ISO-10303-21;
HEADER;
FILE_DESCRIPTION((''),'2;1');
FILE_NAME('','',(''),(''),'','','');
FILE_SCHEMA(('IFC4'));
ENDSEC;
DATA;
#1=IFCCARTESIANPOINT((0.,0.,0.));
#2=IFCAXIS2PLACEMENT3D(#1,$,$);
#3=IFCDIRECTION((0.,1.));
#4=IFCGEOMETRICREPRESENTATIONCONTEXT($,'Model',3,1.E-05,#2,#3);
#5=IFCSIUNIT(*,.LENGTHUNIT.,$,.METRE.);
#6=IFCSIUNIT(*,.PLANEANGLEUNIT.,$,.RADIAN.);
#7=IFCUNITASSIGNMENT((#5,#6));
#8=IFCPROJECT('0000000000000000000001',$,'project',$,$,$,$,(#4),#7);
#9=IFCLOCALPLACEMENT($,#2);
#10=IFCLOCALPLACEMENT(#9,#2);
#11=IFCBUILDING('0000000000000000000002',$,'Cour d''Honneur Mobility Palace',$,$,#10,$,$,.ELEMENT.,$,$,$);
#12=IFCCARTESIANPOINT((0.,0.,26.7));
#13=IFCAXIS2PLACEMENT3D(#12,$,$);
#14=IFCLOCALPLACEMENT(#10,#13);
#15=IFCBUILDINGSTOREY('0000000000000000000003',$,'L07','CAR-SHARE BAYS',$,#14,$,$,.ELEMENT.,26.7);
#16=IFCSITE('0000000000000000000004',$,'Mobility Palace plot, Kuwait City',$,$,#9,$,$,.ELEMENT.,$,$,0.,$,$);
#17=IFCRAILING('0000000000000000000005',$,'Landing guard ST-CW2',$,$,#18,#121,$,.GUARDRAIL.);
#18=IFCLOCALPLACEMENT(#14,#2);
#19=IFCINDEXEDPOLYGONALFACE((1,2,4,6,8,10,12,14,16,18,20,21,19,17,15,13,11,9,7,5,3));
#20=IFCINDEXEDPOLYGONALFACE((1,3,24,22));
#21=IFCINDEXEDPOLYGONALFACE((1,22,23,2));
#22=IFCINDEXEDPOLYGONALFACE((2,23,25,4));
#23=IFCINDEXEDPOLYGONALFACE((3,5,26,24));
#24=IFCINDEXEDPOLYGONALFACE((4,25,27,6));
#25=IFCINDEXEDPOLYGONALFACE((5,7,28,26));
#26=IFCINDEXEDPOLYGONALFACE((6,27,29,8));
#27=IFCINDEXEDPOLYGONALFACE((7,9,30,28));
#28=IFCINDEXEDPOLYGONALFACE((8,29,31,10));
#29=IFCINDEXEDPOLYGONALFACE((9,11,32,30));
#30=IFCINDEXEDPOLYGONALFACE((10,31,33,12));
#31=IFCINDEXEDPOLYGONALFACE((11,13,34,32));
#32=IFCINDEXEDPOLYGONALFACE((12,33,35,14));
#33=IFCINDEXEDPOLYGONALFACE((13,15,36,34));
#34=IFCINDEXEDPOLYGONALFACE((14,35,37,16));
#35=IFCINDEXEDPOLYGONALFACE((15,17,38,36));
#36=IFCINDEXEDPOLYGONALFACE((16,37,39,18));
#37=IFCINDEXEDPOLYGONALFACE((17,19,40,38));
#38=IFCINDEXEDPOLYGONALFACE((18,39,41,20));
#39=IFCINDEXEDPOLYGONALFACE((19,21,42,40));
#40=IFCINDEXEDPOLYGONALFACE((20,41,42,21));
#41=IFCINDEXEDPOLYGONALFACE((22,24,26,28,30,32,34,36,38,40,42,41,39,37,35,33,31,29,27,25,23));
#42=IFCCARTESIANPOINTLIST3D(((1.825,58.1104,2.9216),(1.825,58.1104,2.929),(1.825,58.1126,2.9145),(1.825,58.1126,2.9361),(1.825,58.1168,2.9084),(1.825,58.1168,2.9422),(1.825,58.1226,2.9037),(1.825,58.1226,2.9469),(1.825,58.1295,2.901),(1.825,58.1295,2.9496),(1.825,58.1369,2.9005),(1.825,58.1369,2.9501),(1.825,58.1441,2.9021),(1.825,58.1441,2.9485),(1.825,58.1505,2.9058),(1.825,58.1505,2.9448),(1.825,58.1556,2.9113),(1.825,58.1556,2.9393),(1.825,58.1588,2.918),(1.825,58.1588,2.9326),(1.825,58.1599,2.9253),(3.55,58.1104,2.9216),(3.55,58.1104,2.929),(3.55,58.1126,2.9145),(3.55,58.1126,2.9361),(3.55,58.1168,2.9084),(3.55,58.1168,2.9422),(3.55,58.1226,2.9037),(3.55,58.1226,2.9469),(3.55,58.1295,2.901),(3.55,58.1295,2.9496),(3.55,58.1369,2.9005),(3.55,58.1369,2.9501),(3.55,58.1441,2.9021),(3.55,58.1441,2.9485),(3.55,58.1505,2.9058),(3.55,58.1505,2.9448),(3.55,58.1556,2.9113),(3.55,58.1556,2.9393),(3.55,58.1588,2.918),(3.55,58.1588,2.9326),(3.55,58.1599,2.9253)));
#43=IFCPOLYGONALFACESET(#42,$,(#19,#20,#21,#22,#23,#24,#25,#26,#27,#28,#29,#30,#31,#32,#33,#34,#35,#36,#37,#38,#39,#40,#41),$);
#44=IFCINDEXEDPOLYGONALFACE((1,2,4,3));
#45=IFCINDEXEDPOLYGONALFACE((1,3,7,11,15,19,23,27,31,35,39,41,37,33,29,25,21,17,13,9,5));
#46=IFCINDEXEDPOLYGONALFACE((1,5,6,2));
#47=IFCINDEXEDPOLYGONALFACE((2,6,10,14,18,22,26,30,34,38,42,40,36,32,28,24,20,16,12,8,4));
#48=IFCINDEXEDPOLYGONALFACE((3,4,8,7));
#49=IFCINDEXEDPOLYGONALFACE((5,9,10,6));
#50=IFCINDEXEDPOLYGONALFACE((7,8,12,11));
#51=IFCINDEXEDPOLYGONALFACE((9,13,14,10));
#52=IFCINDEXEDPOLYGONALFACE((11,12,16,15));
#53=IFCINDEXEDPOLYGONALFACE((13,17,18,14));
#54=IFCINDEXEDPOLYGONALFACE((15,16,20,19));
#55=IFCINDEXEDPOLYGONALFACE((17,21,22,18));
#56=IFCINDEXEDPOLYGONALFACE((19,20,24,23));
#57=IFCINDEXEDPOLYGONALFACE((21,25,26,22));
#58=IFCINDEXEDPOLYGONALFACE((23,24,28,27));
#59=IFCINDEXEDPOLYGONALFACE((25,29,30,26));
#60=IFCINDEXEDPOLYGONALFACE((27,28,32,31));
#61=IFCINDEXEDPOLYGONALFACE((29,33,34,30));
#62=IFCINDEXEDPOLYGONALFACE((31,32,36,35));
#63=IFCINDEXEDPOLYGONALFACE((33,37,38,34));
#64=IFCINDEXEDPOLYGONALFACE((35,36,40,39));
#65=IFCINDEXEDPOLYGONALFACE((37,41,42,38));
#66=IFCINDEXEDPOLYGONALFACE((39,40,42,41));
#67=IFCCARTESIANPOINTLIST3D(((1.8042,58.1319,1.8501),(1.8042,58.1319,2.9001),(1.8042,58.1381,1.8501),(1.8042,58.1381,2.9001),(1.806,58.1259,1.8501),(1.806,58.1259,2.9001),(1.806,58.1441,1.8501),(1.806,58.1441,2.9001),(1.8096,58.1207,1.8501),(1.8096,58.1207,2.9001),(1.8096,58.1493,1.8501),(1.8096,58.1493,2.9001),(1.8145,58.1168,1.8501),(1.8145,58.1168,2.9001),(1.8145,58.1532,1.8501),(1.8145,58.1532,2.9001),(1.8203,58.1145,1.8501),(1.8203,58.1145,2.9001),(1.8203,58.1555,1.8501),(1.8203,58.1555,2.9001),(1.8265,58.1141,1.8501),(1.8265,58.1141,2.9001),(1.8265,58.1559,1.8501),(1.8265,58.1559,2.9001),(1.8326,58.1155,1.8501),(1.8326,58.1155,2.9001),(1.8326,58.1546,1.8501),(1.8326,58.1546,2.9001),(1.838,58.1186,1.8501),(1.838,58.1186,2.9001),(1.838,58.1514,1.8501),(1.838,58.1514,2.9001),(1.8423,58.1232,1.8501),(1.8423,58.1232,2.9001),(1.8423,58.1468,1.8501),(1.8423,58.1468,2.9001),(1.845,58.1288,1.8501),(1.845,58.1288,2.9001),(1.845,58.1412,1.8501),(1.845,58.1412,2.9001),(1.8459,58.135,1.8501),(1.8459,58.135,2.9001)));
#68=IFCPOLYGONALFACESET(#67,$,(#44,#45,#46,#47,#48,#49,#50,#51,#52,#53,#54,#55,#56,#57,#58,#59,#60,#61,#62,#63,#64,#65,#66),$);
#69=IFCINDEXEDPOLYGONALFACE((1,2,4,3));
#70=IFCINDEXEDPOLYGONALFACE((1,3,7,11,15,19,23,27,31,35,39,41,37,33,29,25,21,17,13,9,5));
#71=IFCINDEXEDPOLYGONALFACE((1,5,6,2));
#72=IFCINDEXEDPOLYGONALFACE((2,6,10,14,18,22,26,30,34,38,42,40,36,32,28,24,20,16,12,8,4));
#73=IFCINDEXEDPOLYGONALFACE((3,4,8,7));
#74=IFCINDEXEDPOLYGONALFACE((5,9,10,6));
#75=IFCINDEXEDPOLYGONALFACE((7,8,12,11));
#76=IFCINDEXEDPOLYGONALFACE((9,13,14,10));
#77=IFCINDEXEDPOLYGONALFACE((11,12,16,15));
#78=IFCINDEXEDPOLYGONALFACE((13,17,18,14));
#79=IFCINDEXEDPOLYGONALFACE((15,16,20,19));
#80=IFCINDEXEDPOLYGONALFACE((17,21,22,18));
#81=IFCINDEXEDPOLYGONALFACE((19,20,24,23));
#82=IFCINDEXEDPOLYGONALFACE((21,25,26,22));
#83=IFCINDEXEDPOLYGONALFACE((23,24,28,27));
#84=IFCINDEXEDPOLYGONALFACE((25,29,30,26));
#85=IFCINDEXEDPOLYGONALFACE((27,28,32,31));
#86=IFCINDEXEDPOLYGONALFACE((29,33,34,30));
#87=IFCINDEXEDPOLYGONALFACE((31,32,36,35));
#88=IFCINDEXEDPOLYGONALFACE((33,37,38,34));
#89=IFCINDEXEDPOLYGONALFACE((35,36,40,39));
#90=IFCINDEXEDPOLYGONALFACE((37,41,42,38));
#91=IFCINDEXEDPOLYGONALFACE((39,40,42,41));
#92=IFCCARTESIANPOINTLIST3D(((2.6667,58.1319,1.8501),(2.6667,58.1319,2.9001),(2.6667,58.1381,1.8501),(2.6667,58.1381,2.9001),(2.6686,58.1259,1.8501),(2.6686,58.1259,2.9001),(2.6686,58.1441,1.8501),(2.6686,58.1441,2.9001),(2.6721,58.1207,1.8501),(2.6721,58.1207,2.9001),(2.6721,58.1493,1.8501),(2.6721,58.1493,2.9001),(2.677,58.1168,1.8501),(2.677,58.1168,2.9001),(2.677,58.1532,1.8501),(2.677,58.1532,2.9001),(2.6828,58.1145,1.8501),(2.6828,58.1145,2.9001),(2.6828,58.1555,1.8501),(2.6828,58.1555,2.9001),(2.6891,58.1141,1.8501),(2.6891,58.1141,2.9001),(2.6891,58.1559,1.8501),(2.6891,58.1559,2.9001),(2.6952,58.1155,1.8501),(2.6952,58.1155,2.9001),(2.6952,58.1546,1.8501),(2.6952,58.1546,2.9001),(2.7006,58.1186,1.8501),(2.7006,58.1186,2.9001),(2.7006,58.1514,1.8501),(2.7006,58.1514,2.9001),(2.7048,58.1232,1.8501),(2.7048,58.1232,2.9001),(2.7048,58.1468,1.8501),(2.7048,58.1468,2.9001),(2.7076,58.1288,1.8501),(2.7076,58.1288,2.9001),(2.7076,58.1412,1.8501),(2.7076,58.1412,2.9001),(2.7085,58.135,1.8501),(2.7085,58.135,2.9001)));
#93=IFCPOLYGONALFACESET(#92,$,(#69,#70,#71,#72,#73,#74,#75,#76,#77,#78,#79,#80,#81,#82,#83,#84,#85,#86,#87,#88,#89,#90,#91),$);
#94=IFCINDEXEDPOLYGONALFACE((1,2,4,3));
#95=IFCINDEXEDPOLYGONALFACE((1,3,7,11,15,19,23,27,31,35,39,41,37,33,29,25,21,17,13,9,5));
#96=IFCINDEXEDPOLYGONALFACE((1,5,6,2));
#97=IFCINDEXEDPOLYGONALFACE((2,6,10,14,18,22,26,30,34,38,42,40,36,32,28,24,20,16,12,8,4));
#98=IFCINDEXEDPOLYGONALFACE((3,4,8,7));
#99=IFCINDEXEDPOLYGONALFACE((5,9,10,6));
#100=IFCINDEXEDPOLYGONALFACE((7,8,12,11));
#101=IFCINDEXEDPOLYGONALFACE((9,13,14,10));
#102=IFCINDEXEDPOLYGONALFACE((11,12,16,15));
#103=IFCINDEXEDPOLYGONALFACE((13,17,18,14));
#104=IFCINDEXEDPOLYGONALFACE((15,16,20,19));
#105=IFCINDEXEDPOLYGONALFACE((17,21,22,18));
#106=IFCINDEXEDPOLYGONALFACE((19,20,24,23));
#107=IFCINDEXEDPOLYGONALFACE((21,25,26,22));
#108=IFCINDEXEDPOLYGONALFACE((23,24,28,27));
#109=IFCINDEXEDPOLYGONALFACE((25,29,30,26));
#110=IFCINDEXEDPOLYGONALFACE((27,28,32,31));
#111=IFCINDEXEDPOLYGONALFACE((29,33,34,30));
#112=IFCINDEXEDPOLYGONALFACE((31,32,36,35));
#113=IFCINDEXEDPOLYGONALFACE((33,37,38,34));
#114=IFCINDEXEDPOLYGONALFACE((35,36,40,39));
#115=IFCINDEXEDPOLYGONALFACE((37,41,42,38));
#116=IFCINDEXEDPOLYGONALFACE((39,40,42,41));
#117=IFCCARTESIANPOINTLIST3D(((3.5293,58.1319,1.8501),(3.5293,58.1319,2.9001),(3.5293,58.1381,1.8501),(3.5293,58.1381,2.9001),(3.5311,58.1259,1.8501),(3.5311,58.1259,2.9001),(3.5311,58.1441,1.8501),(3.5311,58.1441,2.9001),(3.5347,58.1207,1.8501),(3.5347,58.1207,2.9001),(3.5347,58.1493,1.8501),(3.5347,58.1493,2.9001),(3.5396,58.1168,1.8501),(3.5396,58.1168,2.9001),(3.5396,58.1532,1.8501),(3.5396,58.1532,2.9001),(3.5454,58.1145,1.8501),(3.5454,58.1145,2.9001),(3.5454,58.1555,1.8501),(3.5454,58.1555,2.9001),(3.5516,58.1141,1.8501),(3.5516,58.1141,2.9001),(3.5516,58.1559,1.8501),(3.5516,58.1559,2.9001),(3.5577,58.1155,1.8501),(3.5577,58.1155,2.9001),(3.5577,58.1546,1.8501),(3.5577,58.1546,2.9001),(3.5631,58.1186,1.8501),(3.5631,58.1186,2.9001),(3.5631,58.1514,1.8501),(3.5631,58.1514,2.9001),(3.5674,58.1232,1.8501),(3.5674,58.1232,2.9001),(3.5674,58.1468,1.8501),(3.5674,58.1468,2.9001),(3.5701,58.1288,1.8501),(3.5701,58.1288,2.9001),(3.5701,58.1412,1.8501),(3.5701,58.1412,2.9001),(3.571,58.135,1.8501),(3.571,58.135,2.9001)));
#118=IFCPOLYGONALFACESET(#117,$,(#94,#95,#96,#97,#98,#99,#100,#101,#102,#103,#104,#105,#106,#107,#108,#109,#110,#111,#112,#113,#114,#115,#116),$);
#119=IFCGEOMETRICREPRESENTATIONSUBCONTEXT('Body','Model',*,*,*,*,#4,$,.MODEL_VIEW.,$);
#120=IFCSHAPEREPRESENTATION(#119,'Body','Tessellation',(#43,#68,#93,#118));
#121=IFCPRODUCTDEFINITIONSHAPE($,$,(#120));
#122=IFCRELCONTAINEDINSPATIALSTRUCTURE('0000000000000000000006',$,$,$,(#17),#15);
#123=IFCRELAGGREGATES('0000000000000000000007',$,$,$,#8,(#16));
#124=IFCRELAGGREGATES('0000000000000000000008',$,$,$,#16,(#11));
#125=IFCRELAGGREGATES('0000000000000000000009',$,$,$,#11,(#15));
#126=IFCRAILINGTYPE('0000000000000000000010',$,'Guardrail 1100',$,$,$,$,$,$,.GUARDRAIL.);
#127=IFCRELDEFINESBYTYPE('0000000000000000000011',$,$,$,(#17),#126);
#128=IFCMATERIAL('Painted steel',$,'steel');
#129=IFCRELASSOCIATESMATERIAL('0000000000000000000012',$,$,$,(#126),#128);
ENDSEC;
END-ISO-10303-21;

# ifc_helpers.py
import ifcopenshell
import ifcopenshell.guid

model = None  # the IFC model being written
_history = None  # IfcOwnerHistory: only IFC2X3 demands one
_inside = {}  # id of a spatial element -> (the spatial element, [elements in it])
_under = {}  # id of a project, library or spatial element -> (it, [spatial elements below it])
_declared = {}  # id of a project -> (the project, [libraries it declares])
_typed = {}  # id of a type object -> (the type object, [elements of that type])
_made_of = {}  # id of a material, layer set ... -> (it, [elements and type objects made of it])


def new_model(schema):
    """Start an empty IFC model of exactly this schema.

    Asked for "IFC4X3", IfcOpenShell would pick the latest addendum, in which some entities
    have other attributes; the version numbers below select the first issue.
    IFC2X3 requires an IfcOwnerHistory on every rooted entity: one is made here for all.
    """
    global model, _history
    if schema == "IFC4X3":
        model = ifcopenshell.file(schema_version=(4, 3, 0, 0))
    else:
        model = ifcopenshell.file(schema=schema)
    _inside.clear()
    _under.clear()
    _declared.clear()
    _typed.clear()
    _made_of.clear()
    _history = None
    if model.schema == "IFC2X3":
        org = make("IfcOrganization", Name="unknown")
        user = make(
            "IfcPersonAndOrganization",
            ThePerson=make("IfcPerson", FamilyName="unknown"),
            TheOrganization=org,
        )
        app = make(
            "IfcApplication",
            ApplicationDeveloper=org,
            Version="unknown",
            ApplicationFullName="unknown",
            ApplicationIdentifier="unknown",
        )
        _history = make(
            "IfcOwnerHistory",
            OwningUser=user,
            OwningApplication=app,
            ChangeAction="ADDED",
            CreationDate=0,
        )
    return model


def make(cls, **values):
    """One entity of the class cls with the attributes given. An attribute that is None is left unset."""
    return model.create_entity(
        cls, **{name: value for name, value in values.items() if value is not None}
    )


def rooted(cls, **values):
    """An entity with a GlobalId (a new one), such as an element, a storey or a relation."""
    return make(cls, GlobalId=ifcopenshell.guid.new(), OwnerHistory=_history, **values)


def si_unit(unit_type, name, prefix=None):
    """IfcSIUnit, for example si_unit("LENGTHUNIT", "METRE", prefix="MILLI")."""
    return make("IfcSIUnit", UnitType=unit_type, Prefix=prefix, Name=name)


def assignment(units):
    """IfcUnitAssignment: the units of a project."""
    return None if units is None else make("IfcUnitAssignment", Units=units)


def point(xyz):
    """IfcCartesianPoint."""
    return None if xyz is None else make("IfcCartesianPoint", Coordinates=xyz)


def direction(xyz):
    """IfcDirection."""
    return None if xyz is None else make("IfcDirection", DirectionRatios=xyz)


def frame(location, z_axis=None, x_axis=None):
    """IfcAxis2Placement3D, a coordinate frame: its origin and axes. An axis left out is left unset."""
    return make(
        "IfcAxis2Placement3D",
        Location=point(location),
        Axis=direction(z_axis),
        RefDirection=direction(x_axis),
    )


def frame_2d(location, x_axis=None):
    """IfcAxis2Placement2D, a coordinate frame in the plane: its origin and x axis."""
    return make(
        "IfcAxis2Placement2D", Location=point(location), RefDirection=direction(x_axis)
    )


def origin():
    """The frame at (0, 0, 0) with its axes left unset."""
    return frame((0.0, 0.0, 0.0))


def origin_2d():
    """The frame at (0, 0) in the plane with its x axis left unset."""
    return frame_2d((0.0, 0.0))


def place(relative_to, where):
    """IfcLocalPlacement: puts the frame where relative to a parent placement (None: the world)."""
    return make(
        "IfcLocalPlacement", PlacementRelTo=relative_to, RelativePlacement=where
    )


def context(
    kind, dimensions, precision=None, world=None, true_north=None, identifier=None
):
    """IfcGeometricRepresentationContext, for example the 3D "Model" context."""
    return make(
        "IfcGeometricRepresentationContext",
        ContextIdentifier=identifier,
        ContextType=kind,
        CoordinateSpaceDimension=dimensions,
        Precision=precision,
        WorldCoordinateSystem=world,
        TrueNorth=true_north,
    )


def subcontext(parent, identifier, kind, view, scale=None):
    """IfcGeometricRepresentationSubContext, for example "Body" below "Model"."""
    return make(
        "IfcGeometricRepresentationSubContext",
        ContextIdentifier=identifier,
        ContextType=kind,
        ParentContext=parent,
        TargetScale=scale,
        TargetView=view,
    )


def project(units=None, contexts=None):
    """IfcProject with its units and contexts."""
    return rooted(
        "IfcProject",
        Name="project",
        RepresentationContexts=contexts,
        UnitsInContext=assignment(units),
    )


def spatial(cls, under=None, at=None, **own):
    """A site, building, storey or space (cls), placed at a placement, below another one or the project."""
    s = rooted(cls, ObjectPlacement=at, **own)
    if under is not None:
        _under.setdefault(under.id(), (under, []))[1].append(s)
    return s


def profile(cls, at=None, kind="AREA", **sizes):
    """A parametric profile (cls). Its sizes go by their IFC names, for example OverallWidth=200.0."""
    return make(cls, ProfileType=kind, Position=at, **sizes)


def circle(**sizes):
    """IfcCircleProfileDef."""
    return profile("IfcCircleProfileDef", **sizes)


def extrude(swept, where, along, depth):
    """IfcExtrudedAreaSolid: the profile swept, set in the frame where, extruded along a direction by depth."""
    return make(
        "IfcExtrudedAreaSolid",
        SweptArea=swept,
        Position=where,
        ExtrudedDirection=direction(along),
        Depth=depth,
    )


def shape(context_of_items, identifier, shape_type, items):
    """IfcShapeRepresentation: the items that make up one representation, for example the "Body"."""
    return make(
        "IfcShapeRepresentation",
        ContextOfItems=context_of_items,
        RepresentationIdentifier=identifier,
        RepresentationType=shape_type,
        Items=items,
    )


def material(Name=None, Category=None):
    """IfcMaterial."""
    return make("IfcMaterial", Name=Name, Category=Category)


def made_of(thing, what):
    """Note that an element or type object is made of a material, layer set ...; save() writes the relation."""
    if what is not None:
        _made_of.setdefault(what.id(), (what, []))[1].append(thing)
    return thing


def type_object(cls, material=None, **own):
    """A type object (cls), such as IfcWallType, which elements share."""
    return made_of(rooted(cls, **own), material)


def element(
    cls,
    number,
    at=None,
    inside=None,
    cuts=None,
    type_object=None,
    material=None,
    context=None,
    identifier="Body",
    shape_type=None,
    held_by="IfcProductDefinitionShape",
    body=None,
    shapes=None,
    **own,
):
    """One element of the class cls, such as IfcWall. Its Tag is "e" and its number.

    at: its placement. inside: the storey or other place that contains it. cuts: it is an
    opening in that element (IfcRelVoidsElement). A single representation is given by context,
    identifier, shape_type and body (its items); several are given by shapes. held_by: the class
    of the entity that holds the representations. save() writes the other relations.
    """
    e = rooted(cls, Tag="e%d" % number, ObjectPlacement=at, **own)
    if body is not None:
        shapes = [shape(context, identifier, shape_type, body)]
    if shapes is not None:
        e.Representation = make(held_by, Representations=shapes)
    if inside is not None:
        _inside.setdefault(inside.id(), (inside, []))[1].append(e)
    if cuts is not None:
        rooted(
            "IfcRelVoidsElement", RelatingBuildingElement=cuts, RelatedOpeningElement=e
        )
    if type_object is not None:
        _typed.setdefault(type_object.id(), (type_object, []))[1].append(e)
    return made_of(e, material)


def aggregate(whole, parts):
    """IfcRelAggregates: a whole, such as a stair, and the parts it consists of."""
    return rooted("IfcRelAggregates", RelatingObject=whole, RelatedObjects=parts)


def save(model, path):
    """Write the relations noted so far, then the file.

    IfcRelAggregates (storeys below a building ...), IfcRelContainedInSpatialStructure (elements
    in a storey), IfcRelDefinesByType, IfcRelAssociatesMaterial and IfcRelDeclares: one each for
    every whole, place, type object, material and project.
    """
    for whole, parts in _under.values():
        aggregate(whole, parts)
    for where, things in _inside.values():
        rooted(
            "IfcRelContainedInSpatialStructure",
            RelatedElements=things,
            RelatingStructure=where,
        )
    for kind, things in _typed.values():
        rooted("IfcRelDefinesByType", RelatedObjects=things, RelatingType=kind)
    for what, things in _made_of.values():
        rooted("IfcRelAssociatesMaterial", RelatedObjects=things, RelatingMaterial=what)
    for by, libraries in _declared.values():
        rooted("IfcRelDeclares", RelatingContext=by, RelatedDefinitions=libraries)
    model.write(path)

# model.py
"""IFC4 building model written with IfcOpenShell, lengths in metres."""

from ifc_helpers import new_model, si_unit, direction, frame, origin, origin_2d, place, context, subcontext, project, spatial, circle, extrude, material, type_object, element, save


model = new_model("IFC4")

# Units and contexts
model_context = context("Model", 3, precision=1e-05, world=origin(), true_north=direction((0.0, 1.0)))
body_context = subcontext(model_context, "Body", "Model", "MODEL_VIEW")
ifc_project = project(units=[si_unit("LENGTHUNIT", "METRE"), si_unit("PLANEANGLEUNIT", "RADIAN")], contexts=[model_context])

# Site, building, storey
site_placement = place(None, origin())
site = spatial("IfcSite", under=ifc_project, at=site_placement, Name="Mobility Palace plot, Kuwait City", CompositionType="ELEMENT", RefElevation=0.0)
building_placement = place(site_placement, origin())
building = spatial("IfcBuilding", under=site, at=building_placement, Name="Cour d'Honneur Mobility Palace", CompositionType="ELEMENT")
storey_placement = place(building_placement, frame((0.0, 0.0, 26.7)))
storey = spatial("IfcBuildingStorey", under=building, at=storey_placement, Name="L07", Description="CAR-SHARE BAYS", CompositionType="ELEMENT", Elevation=26.7)

# Railing
ifc_material_1 = material(Name="Painted steel", Category="steel")
railing_type_1 = type_object("IfcRailingType", Name="Guardrail 1100", PredefinedType="GUARDRAIL", material=ifc_material_1)
for number, where, name in (
    (1, (1.825, 58.135, 1.8501), "Landing guard ST-CW2"),
):
    element("IfcRailing", number, at=place(storey_placement, frame(where)), inside=storey, type_object=railing_type_1, Name=name, PredefinedType="GUARDRAIL", context=body_context, shape_type="SweptSolid", body=[
        extrude(circle(Radius=0.0249, at=origin_2d()), frame((0.0, 0.0, 1.0752), z_axis=(1.0, 0.0, 0.0), x_axis=(0.0, 1.0, 0.0)), (0.0, 0.0, 1.0), 1.7251),
        extrude(circle(Radius=0.021, at=origin_2d()), origin(), (0.0, 0.0, 1.0), 1.05),
        extrude(circle(Radius=0.021, at=origin_2d()), frame((0.8625, 0.0, 0.0)), (0.0, 0.0, 1.0), 1.05),
        extrude(circle(Radius=0.021, at=origin_2d()), frame((1.7251, 0.0, 0.0)), (0.0, 0.0, 1.0), 1.05),
    ])

save(model, "model.ifc")
